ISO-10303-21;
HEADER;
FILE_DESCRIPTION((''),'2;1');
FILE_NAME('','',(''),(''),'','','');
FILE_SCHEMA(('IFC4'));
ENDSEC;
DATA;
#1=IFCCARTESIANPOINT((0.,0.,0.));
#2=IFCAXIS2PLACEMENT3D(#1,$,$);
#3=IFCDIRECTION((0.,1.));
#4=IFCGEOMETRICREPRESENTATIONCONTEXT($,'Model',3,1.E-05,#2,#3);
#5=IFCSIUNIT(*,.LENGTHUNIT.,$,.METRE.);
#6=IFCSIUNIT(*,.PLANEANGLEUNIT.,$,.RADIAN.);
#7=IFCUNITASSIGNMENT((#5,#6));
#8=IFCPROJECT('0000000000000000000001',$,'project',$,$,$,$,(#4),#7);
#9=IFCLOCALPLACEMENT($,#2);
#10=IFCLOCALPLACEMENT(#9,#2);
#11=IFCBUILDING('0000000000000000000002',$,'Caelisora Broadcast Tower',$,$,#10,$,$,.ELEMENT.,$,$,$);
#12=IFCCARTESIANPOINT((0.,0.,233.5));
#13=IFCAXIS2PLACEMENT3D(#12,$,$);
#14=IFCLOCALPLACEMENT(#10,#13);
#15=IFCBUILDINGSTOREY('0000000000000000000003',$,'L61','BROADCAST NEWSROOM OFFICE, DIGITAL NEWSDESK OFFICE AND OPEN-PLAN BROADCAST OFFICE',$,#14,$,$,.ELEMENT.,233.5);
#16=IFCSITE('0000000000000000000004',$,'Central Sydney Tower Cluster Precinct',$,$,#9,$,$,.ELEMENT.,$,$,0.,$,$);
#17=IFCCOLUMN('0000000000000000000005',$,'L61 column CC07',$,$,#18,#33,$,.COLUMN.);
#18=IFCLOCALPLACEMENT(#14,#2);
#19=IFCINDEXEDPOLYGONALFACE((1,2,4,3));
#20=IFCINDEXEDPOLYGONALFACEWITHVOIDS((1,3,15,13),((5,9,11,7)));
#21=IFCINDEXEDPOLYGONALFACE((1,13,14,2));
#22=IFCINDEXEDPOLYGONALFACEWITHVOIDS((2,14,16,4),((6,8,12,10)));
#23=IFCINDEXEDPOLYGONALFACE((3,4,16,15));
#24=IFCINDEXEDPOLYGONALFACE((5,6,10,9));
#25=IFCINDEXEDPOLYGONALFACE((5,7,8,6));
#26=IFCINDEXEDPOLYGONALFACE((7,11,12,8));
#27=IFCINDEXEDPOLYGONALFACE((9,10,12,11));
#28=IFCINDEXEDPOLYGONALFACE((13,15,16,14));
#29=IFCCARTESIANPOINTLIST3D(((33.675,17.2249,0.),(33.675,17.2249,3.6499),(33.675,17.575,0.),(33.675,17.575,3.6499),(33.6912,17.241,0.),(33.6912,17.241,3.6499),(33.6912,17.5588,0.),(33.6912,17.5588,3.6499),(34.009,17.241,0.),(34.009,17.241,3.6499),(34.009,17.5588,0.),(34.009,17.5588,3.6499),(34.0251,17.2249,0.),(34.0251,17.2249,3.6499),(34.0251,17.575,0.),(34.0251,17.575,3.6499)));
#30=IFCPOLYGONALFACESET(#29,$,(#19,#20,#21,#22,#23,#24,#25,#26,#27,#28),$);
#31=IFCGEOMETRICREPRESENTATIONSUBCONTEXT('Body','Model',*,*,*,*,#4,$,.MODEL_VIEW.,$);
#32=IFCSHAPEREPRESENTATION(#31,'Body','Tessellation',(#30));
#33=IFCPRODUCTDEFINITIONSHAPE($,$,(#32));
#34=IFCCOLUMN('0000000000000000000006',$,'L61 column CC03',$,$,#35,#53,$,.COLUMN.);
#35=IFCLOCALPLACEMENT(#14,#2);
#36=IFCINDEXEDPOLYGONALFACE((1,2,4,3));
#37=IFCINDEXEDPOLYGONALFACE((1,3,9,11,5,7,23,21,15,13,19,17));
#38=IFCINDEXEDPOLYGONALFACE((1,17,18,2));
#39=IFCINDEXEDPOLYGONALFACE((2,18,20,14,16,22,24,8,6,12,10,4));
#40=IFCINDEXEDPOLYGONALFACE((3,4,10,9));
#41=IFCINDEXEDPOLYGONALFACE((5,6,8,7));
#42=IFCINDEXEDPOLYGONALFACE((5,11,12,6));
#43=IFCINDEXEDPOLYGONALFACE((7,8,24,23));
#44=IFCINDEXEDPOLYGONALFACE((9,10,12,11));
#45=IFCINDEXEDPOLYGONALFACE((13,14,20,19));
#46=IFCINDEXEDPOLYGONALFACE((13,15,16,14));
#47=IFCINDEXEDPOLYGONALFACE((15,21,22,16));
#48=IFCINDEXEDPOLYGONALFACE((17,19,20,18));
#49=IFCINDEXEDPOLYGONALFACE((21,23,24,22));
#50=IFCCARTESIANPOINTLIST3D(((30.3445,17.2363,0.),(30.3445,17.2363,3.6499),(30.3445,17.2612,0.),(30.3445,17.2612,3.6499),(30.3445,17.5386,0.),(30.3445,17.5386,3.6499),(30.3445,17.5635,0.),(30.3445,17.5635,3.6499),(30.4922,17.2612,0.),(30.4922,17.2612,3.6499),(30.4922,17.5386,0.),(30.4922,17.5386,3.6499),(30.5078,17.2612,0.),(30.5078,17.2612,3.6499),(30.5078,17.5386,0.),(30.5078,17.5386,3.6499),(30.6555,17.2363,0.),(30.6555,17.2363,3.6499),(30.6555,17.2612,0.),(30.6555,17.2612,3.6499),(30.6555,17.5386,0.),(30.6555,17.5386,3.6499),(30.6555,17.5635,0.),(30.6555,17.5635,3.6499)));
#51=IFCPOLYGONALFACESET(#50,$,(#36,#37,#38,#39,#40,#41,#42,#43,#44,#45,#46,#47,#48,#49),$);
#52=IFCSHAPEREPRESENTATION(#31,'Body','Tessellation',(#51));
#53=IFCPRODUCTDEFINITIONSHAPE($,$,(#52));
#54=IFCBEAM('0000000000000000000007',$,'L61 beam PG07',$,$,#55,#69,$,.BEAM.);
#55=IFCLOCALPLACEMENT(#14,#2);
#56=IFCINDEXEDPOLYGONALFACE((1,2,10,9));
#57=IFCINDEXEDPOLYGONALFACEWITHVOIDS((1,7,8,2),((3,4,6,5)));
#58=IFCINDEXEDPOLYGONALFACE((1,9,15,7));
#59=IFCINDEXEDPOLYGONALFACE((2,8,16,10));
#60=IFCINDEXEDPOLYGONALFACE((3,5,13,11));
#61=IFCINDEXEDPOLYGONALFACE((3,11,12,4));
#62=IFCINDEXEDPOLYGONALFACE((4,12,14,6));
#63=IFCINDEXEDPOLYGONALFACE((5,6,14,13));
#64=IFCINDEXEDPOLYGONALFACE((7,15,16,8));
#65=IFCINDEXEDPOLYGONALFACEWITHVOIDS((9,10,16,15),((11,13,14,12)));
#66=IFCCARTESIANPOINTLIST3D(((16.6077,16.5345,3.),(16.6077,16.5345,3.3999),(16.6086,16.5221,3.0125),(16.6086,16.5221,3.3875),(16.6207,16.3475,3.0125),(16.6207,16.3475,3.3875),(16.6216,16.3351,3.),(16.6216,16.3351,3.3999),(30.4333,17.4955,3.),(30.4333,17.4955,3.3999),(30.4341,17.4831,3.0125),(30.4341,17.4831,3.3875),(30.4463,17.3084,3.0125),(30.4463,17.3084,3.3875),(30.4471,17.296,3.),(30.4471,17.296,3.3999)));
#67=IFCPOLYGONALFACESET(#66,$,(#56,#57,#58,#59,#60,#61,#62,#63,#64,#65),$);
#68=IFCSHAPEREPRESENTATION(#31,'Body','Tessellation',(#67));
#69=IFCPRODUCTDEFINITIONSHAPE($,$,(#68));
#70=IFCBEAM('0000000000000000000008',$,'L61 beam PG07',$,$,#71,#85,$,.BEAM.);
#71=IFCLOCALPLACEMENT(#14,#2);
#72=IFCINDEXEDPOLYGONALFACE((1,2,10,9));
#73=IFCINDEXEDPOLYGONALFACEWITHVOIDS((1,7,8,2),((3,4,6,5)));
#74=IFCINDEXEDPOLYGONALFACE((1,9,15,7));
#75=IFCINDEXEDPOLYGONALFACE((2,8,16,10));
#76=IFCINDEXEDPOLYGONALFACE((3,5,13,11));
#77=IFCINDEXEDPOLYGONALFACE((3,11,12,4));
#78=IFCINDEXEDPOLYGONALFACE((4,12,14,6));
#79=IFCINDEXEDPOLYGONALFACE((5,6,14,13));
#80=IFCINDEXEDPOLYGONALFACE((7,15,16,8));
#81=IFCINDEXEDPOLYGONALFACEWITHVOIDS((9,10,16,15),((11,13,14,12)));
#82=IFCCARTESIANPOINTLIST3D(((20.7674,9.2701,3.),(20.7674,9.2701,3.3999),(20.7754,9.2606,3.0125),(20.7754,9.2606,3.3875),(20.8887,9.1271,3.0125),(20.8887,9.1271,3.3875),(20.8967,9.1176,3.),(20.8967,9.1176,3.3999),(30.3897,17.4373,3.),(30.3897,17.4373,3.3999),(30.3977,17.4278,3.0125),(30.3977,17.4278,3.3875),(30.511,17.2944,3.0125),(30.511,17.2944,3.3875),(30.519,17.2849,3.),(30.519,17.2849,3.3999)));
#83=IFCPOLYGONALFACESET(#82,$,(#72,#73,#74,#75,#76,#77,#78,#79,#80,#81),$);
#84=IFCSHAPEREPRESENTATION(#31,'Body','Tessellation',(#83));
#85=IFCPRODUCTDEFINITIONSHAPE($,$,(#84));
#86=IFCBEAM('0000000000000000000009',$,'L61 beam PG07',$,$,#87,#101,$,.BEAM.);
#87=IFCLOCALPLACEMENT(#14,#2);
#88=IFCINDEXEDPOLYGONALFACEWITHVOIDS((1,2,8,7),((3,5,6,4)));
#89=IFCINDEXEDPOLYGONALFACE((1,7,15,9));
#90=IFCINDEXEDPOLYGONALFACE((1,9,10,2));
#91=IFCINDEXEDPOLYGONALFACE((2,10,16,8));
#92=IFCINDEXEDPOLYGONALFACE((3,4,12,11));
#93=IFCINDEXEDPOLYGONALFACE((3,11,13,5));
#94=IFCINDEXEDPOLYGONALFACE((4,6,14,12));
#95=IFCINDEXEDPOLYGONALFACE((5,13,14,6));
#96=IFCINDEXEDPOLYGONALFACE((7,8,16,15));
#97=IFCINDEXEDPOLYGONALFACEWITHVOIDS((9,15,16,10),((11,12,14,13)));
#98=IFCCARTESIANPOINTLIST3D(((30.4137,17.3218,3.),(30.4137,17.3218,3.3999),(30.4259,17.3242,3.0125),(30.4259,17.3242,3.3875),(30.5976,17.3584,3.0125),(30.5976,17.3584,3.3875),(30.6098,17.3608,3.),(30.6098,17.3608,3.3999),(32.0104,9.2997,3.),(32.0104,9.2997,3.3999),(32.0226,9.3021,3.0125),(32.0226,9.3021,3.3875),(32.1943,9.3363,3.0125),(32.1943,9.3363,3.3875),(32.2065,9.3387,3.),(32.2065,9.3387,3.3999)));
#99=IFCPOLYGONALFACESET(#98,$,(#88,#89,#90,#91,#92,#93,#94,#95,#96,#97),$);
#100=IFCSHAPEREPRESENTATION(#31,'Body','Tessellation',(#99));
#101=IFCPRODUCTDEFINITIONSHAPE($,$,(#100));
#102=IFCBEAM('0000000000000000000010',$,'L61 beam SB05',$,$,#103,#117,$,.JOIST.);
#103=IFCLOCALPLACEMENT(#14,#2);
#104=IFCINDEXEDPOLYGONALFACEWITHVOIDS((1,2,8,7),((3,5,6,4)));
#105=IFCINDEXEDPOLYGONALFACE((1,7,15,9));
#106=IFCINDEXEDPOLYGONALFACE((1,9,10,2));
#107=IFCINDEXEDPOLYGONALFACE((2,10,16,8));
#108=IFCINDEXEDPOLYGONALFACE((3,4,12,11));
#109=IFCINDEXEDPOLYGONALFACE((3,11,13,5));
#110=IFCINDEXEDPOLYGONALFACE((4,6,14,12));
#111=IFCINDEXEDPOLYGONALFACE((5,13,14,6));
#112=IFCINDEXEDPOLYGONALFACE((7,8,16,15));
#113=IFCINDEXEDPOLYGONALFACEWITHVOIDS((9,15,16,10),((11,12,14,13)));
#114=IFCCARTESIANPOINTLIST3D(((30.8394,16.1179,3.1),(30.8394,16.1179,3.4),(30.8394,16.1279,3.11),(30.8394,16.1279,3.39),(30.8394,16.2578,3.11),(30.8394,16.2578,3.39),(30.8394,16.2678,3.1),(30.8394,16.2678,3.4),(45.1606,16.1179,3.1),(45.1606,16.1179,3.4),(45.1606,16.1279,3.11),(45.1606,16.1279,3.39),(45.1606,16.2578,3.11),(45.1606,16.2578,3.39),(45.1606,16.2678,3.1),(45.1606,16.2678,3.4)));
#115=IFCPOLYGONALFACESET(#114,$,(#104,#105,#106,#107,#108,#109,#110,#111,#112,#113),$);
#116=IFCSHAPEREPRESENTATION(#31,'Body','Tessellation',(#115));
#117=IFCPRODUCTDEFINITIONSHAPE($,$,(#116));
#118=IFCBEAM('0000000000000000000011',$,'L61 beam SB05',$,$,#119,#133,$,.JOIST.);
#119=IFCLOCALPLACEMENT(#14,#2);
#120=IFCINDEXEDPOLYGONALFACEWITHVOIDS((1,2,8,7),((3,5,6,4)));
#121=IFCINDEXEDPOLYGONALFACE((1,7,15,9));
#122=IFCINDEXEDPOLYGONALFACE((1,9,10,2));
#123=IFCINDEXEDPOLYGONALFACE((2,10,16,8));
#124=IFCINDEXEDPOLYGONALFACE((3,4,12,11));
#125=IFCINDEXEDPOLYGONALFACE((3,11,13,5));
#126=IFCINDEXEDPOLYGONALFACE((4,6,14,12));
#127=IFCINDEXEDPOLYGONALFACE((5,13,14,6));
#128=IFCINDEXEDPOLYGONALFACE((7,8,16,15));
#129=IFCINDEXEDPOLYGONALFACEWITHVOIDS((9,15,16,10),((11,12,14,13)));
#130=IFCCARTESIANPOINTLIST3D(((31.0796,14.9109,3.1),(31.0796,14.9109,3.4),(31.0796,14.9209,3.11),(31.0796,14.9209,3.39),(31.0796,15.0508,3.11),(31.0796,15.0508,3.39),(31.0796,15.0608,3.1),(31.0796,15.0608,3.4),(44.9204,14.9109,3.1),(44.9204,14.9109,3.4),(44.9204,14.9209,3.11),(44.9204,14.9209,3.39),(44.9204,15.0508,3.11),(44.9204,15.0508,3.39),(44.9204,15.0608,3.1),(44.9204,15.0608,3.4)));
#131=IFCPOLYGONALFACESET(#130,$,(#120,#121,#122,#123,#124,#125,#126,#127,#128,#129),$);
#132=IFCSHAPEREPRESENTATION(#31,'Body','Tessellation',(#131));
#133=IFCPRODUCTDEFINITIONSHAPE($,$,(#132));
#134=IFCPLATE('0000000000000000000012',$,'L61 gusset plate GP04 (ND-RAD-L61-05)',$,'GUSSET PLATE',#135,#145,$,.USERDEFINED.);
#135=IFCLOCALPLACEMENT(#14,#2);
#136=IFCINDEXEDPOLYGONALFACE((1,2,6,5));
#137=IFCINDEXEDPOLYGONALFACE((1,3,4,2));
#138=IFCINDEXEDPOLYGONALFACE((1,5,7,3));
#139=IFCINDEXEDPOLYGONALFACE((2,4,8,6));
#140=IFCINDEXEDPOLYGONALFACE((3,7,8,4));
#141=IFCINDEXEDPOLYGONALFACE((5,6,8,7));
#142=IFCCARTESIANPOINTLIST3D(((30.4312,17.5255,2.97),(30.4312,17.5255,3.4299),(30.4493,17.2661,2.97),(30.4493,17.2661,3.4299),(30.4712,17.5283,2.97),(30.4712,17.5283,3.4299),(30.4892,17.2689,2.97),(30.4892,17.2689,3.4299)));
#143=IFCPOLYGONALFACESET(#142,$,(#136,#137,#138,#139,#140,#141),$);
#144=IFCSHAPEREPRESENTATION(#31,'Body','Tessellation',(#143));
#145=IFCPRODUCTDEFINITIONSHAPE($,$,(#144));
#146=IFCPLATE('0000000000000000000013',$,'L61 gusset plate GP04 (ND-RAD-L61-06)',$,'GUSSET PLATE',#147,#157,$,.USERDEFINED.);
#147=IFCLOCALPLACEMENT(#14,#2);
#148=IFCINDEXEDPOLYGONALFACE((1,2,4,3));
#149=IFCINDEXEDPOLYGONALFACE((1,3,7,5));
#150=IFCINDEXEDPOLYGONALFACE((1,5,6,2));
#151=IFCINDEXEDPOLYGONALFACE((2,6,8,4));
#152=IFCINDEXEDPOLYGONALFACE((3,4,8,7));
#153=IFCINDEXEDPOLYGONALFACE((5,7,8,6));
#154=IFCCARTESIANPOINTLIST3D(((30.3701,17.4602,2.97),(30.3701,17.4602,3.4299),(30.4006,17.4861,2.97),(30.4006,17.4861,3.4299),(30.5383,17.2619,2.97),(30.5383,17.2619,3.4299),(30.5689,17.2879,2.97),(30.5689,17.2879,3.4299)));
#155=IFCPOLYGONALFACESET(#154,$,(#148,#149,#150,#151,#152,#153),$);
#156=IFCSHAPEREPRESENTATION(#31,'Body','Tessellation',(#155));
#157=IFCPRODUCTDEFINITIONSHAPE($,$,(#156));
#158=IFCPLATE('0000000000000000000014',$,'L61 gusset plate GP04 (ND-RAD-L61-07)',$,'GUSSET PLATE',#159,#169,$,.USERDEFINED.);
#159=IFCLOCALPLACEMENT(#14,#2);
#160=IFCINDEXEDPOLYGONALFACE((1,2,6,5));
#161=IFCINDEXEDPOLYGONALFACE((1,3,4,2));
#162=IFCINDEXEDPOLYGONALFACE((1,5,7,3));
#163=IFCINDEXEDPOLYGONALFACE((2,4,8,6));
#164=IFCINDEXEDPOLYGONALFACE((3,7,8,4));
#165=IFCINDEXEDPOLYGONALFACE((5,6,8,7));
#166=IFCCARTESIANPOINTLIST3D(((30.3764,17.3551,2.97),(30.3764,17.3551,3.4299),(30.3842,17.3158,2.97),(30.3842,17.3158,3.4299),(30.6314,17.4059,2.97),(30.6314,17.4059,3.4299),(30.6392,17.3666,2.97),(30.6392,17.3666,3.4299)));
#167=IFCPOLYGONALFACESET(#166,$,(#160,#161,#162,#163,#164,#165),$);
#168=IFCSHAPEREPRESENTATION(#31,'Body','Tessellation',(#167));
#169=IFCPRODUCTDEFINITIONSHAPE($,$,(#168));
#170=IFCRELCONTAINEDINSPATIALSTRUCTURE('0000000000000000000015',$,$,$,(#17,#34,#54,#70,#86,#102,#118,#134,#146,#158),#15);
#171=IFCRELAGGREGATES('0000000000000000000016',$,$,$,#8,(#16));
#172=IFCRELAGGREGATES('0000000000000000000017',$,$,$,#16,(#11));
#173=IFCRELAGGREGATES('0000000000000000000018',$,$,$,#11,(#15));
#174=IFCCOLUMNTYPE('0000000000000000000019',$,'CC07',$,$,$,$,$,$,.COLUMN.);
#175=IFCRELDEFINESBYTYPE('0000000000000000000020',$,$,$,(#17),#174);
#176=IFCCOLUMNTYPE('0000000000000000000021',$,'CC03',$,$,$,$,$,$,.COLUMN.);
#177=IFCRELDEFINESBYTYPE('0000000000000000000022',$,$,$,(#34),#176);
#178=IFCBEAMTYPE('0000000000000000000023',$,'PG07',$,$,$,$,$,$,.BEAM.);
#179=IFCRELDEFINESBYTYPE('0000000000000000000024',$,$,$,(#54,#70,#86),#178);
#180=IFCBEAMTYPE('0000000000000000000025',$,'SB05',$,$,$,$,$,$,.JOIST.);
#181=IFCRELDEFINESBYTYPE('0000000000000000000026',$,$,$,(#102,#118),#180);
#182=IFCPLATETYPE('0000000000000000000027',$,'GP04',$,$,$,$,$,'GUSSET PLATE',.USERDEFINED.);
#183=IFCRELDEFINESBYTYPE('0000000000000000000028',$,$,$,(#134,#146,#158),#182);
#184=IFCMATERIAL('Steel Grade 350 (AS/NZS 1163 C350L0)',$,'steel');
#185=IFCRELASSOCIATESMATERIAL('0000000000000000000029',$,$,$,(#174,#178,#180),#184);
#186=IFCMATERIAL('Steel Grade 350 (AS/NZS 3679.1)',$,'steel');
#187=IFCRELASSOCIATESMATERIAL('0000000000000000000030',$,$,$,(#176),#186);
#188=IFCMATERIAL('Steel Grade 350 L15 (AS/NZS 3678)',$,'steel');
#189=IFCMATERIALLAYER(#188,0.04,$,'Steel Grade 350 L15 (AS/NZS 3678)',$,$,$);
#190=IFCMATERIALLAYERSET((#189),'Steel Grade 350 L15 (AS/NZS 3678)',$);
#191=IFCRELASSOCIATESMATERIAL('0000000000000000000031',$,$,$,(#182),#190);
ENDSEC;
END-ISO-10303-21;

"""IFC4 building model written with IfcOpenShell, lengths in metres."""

from ifc_helpers import new_model, si_unit, direction, frame, origin, origin_2d, place, context, subcontext, project, spatial, rectangle, hollow_rectangle, i_section, extrude, source, transform, mapped, material, layer, layer_set, material_profile, profile_set, type_object, type_shapes, element, save


model = new_model("IFC4")

# Units and contexts
model_context = context("Model", 3, precision=1e-05, world=origin(), true_north=direction((0.0, 1.0)))
body_context = subcontext(model_context, "Body", "Model", "MODEL_VIEW")
ifc_project = project(units=[si_unit("LENGTHUNIT", "METRE"), si_unit("PLANEANGLEUNIT", "RADIAN")], contexts=[model_context])

# Site, building, storey
site_placement = place(None, origin())
site = spatial("IfcSite", under=ifc_project, at=site_placement, Name="Central Sydney Tower Cluster Precinct", CompositionType="ELEMENT", RefElevation=0.0)
building_placement = place(site_placement, origin())
building = spatial("IfcBuilding", under=site, at=building_placement, Name="Caelisora Broadcast Tower", CompositionType="ELEMENT")
storey_placement = place(building_placement, frame((0.0, 0.0, 233.5)))
storey = spatial("IfcBuildingStorey", under=building, at=storey_placement, Name="L61", Description="BROADCAST NEWSROOM OFFICE, DIGITAL NEWSDESK OFFICE AND OPEN-PLAN BROADCAST OFFICE", CompositionType="ELEMENT", Elevation=233.5)

# Columns
ifc_material_1 = material(Name="Steel Grade 350 (AS/NZS 1163 C350L0)", Category="steel")
ifc_material_profile_1 = material_profile(ifc_material_1, hollow_rectangle(XDim=0.3501, YDim=0.3501, WallThickness=0.0161, at=origin_2d()), Name="Steel Grade 350 (AS/NZS 1163 C350L0)")
ifc_profile_set_1 = profile_set([ifc_material_profile_1], Name="Steel Grade 350 (AS/NZS 1163 C350L0)")
column_type_1 = type_object("IfcColumnType", Name="CC07", PredefinedType="COLUMN", material=ifc_profile_set_1)
shared_shape_1 = source(origin(), body_context, "Body", "SweptSolid", [
    extrude(hollow_rectangle(XDim=0.3501, YDim=0.3501, WallThickness=0.0161, at=origin_2d()), origin(), (0.0, 0.0, 1.0), 3.6499),
])
type_shapes(column_type_1, [shared_shape_1])
column_1_placement = place(storey_placement, frame((33.8501, 17.3999, 0.0), z_axis=(0.0, 0.0, 1.0), x_axis=(1.0, 0.0, 0.0)))
element("IfcColumn", 1, at=column_1_placement, inside=storey, type_object=column_type_1, Name="L61 column CC07", PredefinedType="COLUMN", context=body_context, shape_type="MappedRepresentation", body=[
    mapped(shared_shape_1, transform((0.0, 0.0, 0.0), scale=1.0)),
])
ifc_material_2 = material(Name="Steel Grade 350 (AS/NZS 3679.1)", Category="steel")
ifc_material_profile_2 = material_profile(ifc_material_2, i_section(OverallWidth=0.311, OverallDepth=0.3271, WebThickness=0.0156, FlangeThickness=0.0249, at=origin_2d()), Name="Steel Grade 350 (AS/NZS 3679.1)")
ifc_profile_set_2 = profile_set([ifc_material_profile_2], Name="Steel Grade 350 (AS/NZS 3679.1)")
column_type_2 = type_object("IfcColumnType", Name="CC03", PredefinedType="COLUMN", material=ifc_profile_set_2)
shared_shape_2 = source(origin(), body_context, "Body", "SweptSolid", [
    extrude(i_section(OverallWidth=0.311, OverallDepth=0.3271, WebThickness=0.0156, FlangeThickness=0.0249, at=origin_2d()), origin(), (0.0, 0.0, 1.0), 3.6499),
])
type_shapes(column_type_2, [shared_shape_2])
column_2_placement = place(storey_placement, frame((30.5, 17.3999, 0.0), z_axis=(0.0, 0.0, 1.0), x_axis=(1.0, 0.0, 0.0)))
element("IfcColumn", 2, at=column_2_placement, inside=storey, type_object=column_type_2, Name="L61 column CC03", PredefinedType="COLUMN", context=body_context, shape_type="MappedRepresentation", body=[
    mapped(shared_shape_2, transform((0.0, 0.0, 0.0), scale=1.0)),
])

# Beams
ifc_material_profile_3 = material_profile(ifc_material_1, hollow_rectangle(XDim=0.2, YDim=0.3999, WallThickness=0.0125, at=origin_2d()), Name="Steel Grade 350 (AS/NZS 1163 C350L0)")
ifc_profile_set_3 = profile_set([ifc_material_profile_3], Name="Steel Grade 350 (AS/NZS 1163 C350L0)")
beam_type_1 = type_object("IfcBeamType", Name="PG07", PredefinedType="BEAM", material=ifc_profile_set_3)
shared_shape_3 = source(origin(), body_context, "Body", "SweptSolid", [
    extrude(hollow_rectangle(XDim=0.2, YDim=0.3999, WallThickness=0.0125, at=origin_2d()), origin(), (0.0, 0.0, 1.0), 13.8589),
])
beam_1_placement = place(storey_placement, frame((30.4402, 17.3958, 3.2), z_axis=(-0.997593, -0.069338, 0.0), x_axis=(0.069338, -0.997593, 0.0)))
element("IfcBeam", 3, at=beam_1_placement, inside=storey, type_object=beam_type_1, Name="L61 beam PG07", PredefinedType="BEAM", context=body_context, shape_type="MappedRepresentation", body=[
    mapped(shared_shape_3, transform((0.0, 0.0, 0.0), scale=1.0)),
])
shared_shape_4 = source(origin(), body_context, "Body", "SweptSolid", [
    extrude(hollow_rectangle(XDim=0.2, YDim=0.3999, WallThickness=0.0125, at=origin_2d()), origin(), (0.0, 0.0, 1.0), 12.6211),
])
beam_2_placement = place(storey_placement, frame((30.4543, 17.3611, 3.2), z_axis=(-0.762398, -0.647109, 0.0), x_axis=(0.647109, -0.762398, 0.0)))
element("IfcBeam", 4, at=beam_2_placement, inside=storey, type_object=beam_type_1, Name="L61 beam PG07", PredefinedType="BEAM", context=body_context, shape_type="MappedRepresentation", body=[
    mapped(shared_shape_4, transform((0.0, 0.0, 0.0), scale=1.0)),
])
shared_shape_5 = source(origin(), body_context, "Body", "SweptSolid", [
    extrude(hollow_rectangle(XDim=0.2, YDim=0.3999, WallThickness=0.0125, at=origin_2d()), origin(), (0.0, 0.0, 1.0), 8.1794),
])
type_shapes(beam_type_1, [shared_shape_3, shared_shape_4, shared_shape_5])
beam_3_placement = place(storey_placement, frame((30.5117, 17.3413, 3.2), z_axis=(0.195209, -0.980762, 0.0), x_axis=(0.980762, 0.195209, 0.0)))
element("IfcBeam", 5, at=beam_3_placement, inside=storey, type_object=beam_type_1, Name="L61 beam PG07", PredefinedType="BEAM", context=body_context, shape_type="MappedRepresentation", body=[
    mapped(shared_shape_5, transform((0.0, 0.0, 0.0), scale=1.0)),
])
ifc_material_profile_4 = material_profile(ifc_material_1, hollow_rectangle(XDim=0.1499, YDim=0.3, WallThickness=0.01, at=origin_2d()), Name="Steel Grade 350 (AS/NZS 1163 C350L0)")
ifc_profile_set_4 = profile_set([ifc_material_profile_4], Name="Steel Grade 350 (AS/NZS 1163 C350L0)")
beam_type_2 = type_object("IfcBeamType", Name="SB05", PredefinedType="JOIST", material=ifc_profile_set_4)
shared_shape_6 = source(origin(), body_context, "Body", "SweptSolid", [
    extrude(hollow_rectangle(XDim=0.1499, YDim=0.3, WallThickness=0.01, at=origin_2d()), origin(), (0.0, 0.0, 1.0), 14.3213),
])
beam_4_placement = place(storey_placement, frame((30.8394, 16.1929, 3.25), z_axis=(1.0, 0.0, 0.0), x_axis=(0.0, 1.0, 0.0)))
element("IfcBeam", 6, at=beam_4_placement, inside=storey, type_object=beam_type_2, Name="L61 beam SB05", PredefinedType="JOIST", context=body_context, shape_type="MappedRepresentation", body=[
    mapped(shared_shape_6, transform((0.0, 0.0, 0.0), scale=1.0)),
])
shared_shape_7 = source(origin(), body_context, "Body", "SweptSolid", [
    extrude(hollow_rectangle(XDim=0.1499, YDim=0.3, WallThickness=0.01, at=origin_2d()), origin(), (0.0, 0.0, 1.0), 13.8408),
])
type_shapes(beam_type_2, [shared_shape_6, shared_shape_7])
beam_5_placement = place(storey_placement, frame((31.0796, 14.9858, 3.25), z_axis=(1.0, 0.0, 0.0), x_axis=(0.0, 1.0, 0.0)))
element("IfcBeam", 7, at=beam_5_placement, inside=storey, type_object=beam_type_2, Name="L61 beam SB05", PredefinedType="JOIST", context=body_context, shape_type="MappedRepresentation", body=[
    mapped(shared_shape_7, transform((0.0, 0.0, 0.0), scale=1.0)),
])

# Plates
ifc_material_3 = material(Name="Steel Grade 350 L15 (AS/NZS 3678)", Category="steel")
ifc_layer_1 = layer(ifc_material_3, 0.04, Name="Steel Grade 350 L15 (AS/NZS 3678)")
ifc_layer_set_1 = layer_set([ifc_layer_1], Name="Steel Grade 350 L15 (AS/NZS 3678)")
plate_type = type_object("IfcPlateType", Name="GP04", ElementType="GUSSET PLATE", PredefinedType="USERDEFINED", material=ifc_layer_set_1)
shared_shape_8 = source(origin(), body_context, "Body", "SweptSolid", [
    extrude(rectangle(XDim=0.26, YDim=0.04, at=origin_2d()), origin(), (0.0, 0.0, 1.0), 0.46),
])
for number, where, z_axis, x_axis, name in (
    (8, (30.4602, 17.3972, 2.97), (0.0, 0.0, 1.0), (0.069408, -0.997588, 0.0), "L61 gusset plate GP04 (ND-RAD-L61-05)"),
    (9, (30.4695, 17.374, 2.97), (0.0, 0.0, 1.0), (0.647056, -0.762443, 0.0), "L61 gusset plate GP04 (ND-RAD-L61-06)"),
    (10, (30.5078, 17.3608, 2.97), (0.0, 0.0, 1.0), (0.980751, 0.195261, 0.0), "L61 gusset plate GP04 (ND-RAD-L61-07)"),
):
    element("IfcPlate", number, at=place(storey_placement, frame(where, z_axis=z_axis, x_axis=x_axis)), inside=storey, type_object=plate_type, Name=name, ObjectType="GUSSET PLATE", PredefinedType="USERDEFINED", context=body_context, shape_type="MappedRepresentation", body=[
        mapped(shared_shape_8, transform((0.0, 0.0, 0.0), scale=1.0)),
    ])

save(model, "model.ifc")
